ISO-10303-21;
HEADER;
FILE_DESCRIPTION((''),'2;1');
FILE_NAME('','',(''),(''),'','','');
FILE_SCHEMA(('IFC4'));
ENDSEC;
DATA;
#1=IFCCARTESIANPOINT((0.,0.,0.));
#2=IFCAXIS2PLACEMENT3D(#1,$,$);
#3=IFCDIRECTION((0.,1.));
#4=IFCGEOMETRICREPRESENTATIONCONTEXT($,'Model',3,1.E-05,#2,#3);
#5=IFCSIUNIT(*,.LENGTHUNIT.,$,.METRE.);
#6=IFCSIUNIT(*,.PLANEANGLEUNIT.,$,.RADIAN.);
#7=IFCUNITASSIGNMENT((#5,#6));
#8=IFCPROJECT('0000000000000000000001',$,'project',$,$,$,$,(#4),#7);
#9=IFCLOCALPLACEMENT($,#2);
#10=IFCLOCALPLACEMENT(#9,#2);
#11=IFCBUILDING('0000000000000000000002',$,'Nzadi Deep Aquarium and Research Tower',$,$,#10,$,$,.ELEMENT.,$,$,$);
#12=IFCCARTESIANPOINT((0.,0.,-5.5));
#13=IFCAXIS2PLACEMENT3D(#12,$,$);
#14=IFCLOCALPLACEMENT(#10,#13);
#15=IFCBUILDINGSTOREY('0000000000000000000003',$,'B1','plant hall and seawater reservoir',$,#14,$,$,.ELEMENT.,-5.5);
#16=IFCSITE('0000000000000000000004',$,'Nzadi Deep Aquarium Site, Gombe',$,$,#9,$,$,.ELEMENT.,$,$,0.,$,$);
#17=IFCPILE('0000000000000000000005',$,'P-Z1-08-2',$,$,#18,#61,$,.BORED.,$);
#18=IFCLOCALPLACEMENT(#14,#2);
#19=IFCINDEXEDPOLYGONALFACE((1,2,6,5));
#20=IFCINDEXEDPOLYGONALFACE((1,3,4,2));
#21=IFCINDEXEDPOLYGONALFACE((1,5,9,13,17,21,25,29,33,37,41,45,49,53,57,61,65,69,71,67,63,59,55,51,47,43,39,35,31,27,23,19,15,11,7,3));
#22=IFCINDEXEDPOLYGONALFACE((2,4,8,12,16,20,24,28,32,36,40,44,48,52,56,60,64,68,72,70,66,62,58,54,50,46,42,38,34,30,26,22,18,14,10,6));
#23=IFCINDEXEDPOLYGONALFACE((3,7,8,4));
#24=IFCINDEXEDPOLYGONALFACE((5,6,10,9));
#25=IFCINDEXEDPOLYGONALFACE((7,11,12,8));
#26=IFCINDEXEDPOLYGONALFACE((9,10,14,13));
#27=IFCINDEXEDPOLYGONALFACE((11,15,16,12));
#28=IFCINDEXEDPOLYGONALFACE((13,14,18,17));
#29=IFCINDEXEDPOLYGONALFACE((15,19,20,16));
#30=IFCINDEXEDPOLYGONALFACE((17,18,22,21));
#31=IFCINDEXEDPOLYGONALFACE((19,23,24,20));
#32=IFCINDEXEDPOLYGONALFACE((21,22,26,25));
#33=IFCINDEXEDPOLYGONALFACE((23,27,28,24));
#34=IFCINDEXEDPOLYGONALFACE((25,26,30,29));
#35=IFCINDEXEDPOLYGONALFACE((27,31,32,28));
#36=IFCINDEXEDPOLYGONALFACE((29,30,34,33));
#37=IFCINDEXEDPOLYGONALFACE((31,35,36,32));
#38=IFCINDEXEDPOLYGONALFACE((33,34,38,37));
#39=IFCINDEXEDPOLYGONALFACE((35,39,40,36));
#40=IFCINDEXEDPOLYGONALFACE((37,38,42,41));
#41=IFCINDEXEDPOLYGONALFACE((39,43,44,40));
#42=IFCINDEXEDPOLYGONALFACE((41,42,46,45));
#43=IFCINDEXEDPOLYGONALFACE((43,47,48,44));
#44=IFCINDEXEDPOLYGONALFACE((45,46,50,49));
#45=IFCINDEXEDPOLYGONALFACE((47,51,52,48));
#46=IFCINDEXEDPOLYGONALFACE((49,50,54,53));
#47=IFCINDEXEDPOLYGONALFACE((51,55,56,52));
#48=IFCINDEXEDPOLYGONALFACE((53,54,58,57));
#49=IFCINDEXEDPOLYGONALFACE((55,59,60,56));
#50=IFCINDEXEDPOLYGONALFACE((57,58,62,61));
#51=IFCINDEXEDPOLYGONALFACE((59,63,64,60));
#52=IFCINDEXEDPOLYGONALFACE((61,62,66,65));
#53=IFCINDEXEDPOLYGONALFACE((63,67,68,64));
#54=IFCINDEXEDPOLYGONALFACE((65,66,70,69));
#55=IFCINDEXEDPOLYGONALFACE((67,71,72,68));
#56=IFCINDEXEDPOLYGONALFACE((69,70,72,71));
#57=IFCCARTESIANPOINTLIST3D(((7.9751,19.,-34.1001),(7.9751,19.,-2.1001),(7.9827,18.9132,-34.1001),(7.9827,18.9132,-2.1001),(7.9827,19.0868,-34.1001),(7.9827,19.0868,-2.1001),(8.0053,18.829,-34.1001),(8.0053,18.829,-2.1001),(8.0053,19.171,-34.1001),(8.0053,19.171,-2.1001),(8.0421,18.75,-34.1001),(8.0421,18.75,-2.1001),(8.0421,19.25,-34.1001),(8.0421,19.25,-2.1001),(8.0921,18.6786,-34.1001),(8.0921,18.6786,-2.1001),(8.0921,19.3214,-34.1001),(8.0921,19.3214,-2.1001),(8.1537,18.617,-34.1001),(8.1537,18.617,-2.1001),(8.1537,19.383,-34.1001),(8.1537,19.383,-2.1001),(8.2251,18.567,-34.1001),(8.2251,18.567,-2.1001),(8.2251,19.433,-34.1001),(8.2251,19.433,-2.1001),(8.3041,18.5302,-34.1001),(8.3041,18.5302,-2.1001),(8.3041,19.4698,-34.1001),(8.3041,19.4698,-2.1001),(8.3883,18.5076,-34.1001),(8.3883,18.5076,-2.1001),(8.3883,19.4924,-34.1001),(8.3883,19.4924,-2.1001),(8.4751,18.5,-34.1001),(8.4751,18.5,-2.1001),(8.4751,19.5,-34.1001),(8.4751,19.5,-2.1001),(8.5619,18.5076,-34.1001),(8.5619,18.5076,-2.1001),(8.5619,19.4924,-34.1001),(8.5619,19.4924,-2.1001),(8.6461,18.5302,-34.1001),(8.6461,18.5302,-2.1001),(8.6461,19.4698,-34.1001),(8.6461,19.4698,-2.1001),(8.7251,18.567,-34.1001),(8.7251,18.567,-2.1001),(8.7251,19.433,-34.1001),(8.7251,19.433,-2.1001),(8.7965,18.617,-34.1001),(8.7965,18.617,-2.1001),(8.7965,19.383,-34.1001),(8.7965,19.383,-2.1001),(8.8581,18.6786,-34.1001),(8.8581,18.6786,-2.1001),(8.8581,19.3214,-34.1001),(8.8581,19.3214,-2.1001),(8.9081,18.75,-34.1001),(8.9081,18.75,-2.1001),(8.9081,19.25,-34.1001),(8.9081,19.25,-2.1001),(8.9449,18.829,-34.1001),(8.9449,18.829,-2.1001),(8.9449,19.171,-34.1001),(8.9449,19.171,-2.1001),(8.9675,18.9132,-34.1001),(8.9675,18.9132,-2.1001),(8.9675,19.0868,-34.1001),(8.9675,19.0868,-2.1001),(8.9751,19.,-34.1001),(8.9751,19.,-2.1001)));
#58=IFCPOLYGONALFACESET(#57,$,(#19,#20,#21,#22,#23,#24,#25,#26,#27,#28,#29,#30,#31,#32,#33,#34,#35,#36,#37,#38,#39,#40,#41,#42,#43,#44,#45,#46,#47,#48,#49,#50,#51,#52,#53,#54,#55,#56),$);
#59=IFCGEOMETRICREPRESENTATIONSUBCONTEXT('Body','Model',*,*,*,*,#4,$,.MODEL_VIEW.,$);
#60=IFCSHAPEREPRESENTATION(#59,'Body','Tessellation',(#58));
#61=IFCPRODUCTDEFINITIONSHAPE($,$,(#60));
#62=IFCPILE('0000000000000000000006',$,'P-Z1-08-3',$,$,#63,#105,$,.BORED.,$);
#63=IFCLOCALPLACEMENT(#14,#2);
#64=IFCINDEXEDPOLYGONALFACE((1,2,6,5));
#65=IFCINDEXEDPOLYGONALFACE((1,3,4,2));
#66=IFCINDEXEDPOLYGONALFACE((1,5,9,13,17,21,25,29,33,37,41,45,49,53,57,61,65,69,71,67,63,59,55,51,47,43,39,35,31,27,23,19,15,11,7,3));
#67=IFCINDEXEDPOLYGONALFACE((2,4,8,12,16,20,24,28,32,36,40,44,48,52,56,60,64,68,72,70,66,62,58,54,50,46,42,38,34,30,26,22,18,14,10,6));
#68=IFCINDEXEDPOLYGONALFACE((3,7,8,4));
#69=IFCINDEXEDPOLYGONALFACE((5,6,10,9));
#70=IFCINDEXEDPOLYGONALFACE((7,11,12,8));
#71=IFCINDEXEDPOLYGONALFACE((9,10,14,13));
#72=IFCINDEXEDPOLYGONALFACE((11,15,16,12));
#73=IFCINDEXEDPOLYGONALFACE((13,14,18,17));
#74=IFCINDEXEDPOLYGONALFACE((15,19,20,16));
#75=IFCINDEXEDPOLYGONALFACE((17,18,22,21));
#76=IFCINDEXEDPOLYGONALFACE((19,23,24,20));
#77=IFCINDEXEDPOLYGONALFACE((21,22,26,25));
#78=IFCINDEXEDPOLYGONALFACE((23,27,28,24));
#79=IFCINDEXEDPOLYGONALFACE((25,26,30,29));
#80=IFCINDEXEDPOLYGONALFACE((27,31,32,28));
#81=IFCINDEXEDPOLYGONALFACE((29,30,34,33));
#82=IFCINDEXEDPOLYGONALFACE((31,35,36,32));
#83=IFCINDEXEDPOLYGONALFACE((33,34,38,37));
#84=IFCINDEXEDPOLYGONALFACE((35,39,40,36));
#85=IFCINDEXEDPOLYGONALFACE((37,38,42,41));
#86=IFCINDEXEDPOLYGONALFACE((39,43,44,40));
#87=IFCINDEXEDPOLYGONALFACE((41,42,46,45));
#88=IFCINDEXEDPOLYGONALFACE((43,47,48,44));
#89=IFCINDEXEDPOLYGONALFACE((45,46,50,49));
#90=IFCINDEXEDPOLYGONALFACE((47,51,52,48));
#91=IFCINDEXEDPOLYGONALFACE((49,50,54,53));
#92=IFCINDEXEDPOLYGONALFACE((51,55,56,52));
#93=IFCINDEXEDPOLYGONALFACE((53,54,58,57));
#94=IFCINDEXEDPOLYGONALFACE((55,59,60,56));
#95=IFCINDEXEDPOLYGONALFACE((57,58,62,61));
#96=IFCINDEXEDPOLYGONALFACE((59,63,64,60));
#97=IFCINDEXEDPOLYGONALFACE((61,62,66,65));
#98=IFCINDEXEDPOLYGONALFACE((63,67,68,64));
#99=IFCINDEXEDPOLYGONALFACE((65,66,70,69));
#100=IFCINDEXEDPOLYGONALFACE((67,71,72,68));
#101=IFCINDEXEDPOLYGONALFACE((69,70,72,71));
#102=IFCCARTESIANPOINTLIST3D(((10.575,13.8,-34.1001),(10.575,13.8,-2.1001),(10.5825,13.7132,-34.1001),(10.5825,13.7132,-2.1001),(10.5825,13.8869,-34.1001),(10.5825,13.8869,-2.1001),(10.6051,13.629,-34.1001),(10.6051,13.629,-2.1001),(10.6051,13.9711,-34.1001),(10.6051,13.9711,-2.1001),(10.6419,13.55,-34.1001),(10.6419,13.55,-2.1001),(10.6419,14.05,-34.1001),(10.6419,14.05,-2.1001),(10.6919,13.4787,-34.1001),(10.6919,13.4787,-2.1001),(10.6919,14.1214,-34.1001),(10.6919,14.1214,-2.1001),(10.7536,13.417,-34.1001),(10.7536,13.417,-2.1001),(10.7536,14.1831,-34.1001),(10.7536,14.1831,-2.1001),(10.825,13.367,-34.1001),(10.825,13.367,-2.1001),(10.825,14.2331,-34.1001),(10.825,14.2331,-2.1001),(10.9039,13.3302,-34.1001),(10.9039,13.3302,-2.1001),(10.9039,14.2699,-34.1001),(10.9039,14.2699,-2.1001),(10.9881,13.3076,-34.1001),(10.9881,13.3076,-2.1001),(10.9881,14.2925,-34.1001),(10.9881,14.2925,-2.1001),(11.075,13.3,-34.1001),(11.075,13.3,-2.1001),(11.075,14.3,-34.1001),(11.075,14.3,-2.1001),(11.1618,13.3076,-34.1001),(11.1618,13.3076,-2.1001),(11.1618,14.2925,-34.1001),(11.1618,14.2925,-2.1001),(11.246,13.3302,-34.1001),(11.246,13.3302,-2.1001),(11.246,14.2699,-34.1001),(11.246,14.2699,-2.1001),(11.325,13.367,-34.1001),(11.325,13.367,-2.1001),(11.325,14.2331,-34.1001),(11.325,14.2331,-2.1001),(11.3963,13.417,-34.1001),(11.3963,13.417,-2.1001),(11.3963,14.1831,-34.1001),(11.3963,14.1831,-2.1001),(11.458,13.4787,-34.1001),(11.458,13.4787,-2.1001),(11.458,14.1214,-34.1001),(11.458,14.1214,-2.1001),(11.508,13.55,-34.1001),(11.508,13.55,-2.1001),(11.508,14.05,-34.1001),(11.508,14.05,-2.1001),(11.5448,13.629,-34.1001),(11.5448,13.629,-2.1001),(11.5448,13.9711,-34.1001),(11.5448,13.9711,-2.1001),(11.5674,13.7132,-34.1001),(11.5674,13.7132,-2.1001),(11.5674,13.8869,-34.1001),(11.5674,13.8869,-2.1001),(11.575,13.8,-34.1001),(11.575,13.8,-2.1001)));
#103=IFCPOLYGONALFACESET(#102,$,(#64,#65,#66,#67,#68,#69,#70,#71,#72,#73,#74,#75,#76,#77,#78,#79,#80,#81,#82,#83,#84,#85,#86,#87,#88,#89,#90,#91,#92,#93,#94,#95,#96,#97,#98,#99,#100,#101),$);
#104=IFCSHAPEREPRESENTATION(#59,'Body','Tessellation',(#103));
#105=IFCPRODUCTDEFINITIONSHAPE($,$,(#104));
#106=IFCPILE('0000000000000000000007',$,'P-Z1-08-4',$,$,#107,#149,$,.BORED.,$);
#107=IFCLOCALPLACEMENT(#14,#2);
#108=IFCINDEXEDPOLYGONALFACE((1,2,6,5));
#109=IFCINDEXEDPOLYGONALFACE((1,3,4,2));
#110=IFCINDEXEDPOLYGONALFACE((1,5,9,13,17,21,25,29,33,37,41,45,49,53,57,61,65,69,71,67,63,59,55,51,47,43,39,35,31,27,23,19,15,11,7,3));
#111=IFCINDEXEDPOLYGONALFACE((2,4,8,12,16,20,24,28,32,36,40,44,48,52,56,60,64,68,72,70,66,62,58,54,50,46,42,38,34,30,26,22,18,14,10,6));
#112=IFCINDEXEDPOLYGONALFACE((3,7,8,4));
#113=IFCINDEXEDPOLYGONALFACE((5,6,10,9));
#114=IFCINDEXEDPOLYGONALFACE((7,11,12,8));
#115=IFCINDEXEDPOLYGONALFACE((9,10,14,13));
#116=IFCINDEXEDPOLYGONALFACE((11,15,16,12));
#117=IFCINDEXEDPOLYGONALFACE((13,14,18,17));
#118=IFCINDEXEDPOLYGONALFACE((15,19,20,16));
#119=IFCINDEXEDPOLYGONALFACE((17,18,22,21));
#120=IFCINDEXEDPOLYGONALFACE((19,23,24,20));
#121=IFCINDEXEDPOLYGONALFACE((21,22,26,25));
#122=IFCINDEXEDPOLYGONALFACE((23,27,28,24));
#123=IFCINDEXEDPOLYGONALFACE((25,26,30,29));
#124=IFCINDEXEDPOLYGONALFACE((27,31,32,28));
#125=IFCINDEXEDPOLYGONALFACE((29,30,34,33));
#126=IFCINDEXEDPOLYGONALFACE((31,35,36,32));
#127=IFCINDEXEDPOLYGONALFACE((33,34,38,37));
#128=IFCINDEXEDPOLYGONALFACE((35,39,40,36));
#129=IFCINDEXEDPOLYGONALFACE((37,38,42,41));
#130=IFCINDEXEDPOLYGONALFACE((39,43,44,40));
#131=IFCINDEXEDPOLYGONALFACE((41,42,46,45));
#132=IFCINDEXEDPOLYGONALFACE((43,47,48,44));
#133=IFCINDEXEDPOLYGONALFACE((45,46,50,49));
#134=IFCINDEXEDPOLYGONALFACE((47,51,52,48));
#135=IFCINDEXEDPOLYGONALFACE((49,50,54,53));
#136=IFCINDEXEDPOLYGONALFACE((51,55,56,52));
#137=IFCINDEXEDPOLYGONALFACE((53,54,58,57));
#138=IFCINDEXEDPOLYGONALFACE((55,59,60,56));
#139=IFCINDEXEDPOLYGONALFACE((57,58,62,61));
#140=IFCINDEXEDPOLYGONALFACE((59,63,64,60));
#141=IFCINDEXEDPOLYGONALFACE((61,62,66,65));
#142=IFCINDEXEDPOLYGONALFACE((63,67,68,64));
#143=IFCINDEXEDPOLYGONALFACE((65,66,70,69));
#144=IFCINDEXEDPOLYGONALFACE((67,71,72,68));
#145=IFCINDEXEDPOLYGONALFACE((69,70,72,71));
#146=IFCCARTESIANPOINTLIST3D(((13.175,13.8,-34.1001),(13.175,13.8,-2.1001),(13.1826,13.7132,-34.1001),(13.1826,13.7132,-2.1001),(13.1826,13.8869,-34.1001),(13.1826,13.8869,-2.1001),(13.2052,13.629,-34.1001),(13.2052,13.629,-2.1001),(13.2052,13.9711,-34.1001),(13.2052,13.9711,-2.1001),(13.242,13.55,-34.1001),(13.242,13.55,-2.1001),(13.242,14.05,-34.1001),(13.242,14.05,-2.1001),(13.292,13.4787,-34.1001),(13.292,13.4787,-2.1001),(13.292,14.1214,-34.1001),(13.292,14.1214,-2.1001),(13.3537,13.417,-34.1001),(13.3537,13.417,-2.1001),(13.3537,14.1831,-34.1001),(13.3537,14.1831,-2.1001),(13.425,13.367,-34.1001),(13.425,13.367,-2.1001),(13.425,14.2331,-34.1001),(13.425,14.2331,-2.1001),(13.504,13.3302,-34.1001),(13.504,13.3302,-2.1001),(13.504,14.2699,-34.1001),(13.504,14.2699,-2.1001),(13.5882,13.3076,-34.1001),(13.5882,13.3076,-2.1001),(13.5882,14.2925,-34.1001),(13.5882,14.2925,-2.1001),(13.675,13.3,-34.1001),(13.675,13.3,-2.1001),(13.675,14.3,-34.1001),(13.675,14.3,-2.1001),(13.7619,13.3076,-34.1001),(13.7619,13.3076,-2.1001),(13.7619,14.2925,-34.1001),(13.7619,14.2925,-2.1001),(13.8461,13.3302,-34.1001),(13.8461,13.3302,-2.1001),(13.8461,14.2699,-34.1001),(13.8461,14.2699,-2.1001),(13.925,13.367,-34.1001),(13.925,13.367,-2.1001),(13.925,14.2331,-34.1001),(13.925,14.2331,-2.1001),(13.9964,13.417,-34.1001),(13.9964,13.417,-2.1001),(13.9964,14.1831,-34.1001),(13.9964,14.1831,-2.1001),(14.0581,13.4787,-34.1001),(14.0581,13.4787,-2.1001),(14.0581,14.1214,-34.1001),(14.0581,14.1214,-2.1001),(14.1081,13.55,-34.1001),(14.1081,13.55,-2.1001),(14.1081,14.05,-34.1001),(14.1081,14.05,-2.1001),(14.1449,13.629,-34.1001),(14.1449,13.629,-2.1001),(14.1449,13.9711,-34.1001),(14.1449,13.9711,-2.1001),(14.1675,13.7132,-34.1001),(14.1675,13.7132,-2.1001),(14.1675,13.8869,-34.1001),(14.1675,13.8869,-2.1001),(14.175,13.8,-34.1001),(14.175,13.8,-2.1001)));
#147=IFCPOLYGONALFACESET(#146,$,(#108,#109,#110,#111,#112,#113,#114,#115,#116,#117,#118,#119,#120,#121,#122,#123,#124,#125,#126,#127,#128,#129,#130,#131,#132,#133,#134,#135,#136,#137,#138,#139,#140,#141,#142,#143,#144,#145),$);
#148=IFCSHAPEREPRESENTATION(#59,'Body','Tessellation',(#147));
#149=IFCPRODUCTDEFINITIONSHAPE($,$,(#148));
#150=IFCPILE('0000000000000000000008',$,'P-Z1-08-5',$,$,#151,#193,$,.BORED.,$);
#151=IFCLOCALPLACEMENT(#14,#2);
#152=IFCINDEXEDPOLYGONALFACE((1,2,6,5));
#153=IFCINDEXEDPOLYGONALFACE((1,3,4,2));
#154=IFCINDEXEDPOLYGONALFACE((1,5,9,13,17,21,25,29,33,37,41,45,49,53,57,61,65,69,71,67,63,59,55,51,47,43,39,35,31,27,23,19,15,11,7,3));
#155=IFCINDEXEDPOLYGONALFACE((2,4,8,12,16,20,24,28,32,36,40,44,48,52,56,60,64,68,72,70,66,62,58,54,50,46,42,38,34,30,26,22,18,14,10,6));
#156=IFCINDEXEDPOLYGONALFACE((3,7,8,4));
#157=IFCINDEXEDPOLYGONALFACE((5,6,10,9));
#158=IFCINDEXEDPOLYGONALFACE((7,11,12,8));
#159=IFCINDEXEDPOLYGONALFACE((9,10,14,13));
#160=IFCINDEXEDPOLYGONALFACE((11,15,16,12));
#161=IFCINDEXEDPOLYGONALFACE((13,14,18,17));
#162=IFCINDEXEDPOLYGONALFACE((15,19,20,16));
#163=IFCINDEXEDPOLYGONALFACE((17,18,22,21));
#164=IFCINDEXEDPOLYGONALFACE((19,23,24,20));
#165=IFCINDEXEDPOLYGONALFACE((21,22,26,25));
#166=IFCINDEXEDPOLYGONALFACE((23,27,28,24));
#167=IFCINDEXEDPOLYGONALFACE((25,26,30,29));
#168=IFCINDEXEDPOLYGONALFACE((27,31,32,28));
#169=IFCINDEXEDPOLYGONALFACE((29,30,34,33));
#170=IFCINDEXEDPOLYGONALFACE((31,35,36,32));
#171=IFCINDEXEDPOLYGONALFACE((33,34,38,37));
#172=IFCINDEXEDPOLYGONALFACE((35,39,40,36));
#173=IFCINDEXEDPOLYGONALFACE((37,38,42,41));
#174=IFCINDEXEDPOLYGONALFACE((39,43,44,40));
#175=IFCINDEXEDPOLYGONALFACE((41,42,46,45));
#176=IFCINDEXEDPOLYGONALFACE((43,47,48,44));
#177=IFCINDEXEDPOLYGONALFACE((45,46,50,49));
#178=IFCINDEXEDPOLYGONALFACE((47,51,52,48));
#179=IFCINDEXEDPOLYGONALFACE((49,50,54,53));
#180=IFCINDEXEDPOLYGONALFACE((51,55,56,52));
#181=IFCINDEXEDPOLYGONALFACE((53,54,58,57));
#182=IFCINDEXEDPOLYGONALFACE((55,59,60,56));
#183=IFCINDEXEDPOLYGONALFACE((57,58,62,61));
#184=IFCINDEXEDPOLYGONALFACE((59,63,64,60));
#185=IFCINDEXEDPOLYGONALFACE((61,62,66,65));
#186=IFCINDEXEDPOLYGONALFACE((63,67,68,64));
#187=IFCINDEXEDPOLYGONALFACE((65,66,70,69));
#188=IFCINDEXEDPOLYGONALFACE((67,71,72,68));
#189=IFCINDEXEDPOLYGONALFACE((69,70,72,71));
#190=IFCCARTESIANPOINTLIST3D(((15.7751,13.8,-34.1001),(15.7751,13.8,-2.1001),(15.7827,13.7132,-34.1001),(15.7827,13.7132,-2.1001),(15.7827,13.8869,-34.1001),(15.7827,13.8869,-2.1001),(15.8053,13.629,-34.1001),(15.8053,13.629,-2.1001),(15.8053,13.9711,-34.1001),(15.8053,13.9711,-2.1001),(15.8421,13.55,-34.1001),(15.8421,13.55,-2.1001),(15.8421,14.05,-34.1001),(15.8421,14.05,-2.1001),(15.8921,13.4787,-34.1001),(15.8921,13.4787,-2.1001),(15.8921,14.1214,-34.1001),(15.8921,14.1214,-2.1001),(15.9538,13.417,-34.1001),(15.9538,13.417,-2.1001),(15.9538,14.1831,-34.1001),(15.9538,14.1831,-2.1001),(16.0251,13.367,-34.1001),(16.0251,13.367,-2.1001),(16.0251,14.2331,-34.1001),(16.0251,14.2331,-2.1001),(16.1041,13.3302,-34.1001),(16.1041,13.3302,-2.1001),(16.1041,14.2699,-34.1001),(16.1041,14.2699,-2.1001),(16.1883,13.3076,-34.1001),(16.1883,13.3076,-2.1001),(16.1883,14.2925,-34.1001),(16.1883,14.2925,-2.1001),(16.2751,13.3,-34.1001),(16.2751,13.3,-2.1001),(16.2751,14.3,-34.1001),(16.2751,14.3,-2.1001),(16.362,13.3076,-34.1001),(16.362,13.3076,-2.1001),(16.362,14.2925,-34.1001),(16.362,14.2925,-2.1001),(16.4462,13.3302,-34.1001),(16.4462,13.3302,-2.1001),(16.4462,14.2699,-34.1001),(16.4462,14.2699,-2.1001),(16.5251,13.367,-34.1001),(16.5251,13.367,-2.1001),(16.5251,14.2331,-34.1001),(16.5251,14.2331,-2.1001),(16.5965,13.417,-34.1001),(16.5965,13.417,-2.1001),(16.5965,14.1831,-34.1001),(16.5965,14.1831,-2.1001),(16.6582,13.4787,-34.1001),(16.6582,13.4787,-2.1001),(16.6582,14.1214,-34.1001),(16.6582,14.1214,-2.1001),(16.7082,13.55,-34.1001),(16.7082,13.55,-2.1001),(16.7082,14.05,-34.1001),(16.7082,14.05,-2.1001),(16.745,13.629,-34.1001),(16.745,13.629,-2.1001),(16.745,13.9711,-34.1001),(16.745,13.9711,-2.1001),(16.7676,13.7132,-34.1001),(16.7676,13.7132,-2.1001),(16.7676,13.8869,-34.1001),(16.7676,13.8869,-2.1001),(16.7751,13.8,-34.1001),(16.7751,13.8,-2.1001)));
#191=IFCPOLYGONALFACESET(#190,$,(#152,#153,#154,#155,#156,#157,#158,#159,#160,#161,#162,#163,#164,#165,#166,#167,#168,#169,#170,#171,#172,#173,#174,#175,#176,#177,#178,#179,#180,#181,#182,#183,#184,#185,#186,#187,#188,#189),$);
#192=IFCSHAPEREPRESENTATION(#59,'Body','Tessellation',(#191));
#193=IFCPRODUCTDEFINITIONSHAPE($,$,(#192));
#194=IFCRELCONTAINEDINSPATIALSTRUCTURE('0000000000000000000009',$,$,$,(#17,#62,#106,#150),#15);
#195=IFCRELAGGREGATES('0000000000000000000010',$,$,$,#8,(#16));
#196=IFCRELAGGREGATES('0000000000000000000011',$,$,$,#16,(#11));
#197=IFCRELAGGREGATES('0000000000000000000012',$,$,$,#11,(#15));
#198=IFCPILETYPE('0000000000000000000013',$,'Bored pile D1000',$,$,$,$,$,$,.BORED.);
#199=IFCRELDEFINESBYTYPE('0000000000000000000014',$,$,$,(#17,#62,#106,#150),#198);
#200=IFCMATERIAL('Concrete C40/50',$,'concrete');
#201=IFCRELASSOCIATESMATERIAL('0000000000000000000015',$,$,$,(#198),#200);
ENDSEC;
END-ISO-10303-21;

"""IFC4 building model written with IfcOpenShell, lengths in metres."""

from ifc_helpers import new_model, si_unit, direction, frame, origin, origin_2d, place, context, subcontext, project, spatial, circle, extrude, material, material_profile, profile_set, type_object, element, save


model = new_model("IFC4")

# Units and contexts
model_context = context("Model", 3, precision=1e-05, world=origin(), true_north=direction((0.0, 1.0)))
body_context = subcontext(model_context, "Body", "Model", "MODEL_VIEW")
ifc_project = project(units=[si_unit("LENGTHUNIT", "METRE"), si_unit("PLANEANGLEUNIT", "RADIAN")], contexts=[model_context])

# Site, building, storey
site_placement = place(None, origin())
site = spatial("IfcSite", under=ifc_project, at=site_placement, Name="Nzadi Deep Aquarium Site, Gombe", CompositionType="ELEMENT", RefElevation=0.0)
building_placement = place(site_placement, origin())
building = spatial("IfcBuilding", under=site, at=building_placement, Name="Nzadi Deep Aquarium and Research Tower", CompositionType="ELEMENT")
storey_placement = place(building_placement, frame((0.0, 0.0, -5.5)))
storey = spatial("IfcBuildingStorey", under=building, at=storey_placement, Name="B1", Description="plant hall and seawater reservoir", CompositionType="ELEMENT", Elevation=-5.5)

# Piles
ifc_material_1 = material(Name="Concrete C40/50", Category="concrete")
ifc_material_profile_1 = material_profile(ifc_material_1, circle(Radius=0.5, at=origin_2d()))
ifc_profile_set_1 = profile_set([ifc_material_profile_1], Name="Concrete C40/50")
pile_type = type_object("IfcPileType", Name="Bored pile D1000", PredefinedType="BORED", material=ifc_profile_set_1)
for number, where, z_axis, x_axis, name in (
    (1, (8.4751, 19.0, -2.1001), (0.0, 0.0, -1.0), (1.0, 0.0, 0.0), "P-Z1-08-2"),
    (2, (11.075, 13.8, -2.1001), (0.0, 0.0, -1.0), (1.0, 0.0, 0.0), "P-Z1-08-3"),
    (3, (13.675, 13.8, -2.1001), (0.0, 0.0, -1.0), (1.0, 0.0, 0.0), "P-Z1-08-4"),
    (4, (16.2751, 13.8, -2.1001), (0.0, 0.0, -1.0), (1.0, 0.0, 0.0), "P-Z1-08-5"),
):
    element("IfcPile", number, at=place(storey_placement, frame(where, z_axis=z_axis, x_axis=x_axis)), inside=storey, type_object=pile_type, Name=name, PredefinedType="BORED", context=body_context, shape_type="SweptSolid", body=[
        extrude(circle(Radius=0.5, at=origin_2d()), origin(), (0.0, 0.0, 1.0), 32.0),
    ])

save(model, "model.ifc")
